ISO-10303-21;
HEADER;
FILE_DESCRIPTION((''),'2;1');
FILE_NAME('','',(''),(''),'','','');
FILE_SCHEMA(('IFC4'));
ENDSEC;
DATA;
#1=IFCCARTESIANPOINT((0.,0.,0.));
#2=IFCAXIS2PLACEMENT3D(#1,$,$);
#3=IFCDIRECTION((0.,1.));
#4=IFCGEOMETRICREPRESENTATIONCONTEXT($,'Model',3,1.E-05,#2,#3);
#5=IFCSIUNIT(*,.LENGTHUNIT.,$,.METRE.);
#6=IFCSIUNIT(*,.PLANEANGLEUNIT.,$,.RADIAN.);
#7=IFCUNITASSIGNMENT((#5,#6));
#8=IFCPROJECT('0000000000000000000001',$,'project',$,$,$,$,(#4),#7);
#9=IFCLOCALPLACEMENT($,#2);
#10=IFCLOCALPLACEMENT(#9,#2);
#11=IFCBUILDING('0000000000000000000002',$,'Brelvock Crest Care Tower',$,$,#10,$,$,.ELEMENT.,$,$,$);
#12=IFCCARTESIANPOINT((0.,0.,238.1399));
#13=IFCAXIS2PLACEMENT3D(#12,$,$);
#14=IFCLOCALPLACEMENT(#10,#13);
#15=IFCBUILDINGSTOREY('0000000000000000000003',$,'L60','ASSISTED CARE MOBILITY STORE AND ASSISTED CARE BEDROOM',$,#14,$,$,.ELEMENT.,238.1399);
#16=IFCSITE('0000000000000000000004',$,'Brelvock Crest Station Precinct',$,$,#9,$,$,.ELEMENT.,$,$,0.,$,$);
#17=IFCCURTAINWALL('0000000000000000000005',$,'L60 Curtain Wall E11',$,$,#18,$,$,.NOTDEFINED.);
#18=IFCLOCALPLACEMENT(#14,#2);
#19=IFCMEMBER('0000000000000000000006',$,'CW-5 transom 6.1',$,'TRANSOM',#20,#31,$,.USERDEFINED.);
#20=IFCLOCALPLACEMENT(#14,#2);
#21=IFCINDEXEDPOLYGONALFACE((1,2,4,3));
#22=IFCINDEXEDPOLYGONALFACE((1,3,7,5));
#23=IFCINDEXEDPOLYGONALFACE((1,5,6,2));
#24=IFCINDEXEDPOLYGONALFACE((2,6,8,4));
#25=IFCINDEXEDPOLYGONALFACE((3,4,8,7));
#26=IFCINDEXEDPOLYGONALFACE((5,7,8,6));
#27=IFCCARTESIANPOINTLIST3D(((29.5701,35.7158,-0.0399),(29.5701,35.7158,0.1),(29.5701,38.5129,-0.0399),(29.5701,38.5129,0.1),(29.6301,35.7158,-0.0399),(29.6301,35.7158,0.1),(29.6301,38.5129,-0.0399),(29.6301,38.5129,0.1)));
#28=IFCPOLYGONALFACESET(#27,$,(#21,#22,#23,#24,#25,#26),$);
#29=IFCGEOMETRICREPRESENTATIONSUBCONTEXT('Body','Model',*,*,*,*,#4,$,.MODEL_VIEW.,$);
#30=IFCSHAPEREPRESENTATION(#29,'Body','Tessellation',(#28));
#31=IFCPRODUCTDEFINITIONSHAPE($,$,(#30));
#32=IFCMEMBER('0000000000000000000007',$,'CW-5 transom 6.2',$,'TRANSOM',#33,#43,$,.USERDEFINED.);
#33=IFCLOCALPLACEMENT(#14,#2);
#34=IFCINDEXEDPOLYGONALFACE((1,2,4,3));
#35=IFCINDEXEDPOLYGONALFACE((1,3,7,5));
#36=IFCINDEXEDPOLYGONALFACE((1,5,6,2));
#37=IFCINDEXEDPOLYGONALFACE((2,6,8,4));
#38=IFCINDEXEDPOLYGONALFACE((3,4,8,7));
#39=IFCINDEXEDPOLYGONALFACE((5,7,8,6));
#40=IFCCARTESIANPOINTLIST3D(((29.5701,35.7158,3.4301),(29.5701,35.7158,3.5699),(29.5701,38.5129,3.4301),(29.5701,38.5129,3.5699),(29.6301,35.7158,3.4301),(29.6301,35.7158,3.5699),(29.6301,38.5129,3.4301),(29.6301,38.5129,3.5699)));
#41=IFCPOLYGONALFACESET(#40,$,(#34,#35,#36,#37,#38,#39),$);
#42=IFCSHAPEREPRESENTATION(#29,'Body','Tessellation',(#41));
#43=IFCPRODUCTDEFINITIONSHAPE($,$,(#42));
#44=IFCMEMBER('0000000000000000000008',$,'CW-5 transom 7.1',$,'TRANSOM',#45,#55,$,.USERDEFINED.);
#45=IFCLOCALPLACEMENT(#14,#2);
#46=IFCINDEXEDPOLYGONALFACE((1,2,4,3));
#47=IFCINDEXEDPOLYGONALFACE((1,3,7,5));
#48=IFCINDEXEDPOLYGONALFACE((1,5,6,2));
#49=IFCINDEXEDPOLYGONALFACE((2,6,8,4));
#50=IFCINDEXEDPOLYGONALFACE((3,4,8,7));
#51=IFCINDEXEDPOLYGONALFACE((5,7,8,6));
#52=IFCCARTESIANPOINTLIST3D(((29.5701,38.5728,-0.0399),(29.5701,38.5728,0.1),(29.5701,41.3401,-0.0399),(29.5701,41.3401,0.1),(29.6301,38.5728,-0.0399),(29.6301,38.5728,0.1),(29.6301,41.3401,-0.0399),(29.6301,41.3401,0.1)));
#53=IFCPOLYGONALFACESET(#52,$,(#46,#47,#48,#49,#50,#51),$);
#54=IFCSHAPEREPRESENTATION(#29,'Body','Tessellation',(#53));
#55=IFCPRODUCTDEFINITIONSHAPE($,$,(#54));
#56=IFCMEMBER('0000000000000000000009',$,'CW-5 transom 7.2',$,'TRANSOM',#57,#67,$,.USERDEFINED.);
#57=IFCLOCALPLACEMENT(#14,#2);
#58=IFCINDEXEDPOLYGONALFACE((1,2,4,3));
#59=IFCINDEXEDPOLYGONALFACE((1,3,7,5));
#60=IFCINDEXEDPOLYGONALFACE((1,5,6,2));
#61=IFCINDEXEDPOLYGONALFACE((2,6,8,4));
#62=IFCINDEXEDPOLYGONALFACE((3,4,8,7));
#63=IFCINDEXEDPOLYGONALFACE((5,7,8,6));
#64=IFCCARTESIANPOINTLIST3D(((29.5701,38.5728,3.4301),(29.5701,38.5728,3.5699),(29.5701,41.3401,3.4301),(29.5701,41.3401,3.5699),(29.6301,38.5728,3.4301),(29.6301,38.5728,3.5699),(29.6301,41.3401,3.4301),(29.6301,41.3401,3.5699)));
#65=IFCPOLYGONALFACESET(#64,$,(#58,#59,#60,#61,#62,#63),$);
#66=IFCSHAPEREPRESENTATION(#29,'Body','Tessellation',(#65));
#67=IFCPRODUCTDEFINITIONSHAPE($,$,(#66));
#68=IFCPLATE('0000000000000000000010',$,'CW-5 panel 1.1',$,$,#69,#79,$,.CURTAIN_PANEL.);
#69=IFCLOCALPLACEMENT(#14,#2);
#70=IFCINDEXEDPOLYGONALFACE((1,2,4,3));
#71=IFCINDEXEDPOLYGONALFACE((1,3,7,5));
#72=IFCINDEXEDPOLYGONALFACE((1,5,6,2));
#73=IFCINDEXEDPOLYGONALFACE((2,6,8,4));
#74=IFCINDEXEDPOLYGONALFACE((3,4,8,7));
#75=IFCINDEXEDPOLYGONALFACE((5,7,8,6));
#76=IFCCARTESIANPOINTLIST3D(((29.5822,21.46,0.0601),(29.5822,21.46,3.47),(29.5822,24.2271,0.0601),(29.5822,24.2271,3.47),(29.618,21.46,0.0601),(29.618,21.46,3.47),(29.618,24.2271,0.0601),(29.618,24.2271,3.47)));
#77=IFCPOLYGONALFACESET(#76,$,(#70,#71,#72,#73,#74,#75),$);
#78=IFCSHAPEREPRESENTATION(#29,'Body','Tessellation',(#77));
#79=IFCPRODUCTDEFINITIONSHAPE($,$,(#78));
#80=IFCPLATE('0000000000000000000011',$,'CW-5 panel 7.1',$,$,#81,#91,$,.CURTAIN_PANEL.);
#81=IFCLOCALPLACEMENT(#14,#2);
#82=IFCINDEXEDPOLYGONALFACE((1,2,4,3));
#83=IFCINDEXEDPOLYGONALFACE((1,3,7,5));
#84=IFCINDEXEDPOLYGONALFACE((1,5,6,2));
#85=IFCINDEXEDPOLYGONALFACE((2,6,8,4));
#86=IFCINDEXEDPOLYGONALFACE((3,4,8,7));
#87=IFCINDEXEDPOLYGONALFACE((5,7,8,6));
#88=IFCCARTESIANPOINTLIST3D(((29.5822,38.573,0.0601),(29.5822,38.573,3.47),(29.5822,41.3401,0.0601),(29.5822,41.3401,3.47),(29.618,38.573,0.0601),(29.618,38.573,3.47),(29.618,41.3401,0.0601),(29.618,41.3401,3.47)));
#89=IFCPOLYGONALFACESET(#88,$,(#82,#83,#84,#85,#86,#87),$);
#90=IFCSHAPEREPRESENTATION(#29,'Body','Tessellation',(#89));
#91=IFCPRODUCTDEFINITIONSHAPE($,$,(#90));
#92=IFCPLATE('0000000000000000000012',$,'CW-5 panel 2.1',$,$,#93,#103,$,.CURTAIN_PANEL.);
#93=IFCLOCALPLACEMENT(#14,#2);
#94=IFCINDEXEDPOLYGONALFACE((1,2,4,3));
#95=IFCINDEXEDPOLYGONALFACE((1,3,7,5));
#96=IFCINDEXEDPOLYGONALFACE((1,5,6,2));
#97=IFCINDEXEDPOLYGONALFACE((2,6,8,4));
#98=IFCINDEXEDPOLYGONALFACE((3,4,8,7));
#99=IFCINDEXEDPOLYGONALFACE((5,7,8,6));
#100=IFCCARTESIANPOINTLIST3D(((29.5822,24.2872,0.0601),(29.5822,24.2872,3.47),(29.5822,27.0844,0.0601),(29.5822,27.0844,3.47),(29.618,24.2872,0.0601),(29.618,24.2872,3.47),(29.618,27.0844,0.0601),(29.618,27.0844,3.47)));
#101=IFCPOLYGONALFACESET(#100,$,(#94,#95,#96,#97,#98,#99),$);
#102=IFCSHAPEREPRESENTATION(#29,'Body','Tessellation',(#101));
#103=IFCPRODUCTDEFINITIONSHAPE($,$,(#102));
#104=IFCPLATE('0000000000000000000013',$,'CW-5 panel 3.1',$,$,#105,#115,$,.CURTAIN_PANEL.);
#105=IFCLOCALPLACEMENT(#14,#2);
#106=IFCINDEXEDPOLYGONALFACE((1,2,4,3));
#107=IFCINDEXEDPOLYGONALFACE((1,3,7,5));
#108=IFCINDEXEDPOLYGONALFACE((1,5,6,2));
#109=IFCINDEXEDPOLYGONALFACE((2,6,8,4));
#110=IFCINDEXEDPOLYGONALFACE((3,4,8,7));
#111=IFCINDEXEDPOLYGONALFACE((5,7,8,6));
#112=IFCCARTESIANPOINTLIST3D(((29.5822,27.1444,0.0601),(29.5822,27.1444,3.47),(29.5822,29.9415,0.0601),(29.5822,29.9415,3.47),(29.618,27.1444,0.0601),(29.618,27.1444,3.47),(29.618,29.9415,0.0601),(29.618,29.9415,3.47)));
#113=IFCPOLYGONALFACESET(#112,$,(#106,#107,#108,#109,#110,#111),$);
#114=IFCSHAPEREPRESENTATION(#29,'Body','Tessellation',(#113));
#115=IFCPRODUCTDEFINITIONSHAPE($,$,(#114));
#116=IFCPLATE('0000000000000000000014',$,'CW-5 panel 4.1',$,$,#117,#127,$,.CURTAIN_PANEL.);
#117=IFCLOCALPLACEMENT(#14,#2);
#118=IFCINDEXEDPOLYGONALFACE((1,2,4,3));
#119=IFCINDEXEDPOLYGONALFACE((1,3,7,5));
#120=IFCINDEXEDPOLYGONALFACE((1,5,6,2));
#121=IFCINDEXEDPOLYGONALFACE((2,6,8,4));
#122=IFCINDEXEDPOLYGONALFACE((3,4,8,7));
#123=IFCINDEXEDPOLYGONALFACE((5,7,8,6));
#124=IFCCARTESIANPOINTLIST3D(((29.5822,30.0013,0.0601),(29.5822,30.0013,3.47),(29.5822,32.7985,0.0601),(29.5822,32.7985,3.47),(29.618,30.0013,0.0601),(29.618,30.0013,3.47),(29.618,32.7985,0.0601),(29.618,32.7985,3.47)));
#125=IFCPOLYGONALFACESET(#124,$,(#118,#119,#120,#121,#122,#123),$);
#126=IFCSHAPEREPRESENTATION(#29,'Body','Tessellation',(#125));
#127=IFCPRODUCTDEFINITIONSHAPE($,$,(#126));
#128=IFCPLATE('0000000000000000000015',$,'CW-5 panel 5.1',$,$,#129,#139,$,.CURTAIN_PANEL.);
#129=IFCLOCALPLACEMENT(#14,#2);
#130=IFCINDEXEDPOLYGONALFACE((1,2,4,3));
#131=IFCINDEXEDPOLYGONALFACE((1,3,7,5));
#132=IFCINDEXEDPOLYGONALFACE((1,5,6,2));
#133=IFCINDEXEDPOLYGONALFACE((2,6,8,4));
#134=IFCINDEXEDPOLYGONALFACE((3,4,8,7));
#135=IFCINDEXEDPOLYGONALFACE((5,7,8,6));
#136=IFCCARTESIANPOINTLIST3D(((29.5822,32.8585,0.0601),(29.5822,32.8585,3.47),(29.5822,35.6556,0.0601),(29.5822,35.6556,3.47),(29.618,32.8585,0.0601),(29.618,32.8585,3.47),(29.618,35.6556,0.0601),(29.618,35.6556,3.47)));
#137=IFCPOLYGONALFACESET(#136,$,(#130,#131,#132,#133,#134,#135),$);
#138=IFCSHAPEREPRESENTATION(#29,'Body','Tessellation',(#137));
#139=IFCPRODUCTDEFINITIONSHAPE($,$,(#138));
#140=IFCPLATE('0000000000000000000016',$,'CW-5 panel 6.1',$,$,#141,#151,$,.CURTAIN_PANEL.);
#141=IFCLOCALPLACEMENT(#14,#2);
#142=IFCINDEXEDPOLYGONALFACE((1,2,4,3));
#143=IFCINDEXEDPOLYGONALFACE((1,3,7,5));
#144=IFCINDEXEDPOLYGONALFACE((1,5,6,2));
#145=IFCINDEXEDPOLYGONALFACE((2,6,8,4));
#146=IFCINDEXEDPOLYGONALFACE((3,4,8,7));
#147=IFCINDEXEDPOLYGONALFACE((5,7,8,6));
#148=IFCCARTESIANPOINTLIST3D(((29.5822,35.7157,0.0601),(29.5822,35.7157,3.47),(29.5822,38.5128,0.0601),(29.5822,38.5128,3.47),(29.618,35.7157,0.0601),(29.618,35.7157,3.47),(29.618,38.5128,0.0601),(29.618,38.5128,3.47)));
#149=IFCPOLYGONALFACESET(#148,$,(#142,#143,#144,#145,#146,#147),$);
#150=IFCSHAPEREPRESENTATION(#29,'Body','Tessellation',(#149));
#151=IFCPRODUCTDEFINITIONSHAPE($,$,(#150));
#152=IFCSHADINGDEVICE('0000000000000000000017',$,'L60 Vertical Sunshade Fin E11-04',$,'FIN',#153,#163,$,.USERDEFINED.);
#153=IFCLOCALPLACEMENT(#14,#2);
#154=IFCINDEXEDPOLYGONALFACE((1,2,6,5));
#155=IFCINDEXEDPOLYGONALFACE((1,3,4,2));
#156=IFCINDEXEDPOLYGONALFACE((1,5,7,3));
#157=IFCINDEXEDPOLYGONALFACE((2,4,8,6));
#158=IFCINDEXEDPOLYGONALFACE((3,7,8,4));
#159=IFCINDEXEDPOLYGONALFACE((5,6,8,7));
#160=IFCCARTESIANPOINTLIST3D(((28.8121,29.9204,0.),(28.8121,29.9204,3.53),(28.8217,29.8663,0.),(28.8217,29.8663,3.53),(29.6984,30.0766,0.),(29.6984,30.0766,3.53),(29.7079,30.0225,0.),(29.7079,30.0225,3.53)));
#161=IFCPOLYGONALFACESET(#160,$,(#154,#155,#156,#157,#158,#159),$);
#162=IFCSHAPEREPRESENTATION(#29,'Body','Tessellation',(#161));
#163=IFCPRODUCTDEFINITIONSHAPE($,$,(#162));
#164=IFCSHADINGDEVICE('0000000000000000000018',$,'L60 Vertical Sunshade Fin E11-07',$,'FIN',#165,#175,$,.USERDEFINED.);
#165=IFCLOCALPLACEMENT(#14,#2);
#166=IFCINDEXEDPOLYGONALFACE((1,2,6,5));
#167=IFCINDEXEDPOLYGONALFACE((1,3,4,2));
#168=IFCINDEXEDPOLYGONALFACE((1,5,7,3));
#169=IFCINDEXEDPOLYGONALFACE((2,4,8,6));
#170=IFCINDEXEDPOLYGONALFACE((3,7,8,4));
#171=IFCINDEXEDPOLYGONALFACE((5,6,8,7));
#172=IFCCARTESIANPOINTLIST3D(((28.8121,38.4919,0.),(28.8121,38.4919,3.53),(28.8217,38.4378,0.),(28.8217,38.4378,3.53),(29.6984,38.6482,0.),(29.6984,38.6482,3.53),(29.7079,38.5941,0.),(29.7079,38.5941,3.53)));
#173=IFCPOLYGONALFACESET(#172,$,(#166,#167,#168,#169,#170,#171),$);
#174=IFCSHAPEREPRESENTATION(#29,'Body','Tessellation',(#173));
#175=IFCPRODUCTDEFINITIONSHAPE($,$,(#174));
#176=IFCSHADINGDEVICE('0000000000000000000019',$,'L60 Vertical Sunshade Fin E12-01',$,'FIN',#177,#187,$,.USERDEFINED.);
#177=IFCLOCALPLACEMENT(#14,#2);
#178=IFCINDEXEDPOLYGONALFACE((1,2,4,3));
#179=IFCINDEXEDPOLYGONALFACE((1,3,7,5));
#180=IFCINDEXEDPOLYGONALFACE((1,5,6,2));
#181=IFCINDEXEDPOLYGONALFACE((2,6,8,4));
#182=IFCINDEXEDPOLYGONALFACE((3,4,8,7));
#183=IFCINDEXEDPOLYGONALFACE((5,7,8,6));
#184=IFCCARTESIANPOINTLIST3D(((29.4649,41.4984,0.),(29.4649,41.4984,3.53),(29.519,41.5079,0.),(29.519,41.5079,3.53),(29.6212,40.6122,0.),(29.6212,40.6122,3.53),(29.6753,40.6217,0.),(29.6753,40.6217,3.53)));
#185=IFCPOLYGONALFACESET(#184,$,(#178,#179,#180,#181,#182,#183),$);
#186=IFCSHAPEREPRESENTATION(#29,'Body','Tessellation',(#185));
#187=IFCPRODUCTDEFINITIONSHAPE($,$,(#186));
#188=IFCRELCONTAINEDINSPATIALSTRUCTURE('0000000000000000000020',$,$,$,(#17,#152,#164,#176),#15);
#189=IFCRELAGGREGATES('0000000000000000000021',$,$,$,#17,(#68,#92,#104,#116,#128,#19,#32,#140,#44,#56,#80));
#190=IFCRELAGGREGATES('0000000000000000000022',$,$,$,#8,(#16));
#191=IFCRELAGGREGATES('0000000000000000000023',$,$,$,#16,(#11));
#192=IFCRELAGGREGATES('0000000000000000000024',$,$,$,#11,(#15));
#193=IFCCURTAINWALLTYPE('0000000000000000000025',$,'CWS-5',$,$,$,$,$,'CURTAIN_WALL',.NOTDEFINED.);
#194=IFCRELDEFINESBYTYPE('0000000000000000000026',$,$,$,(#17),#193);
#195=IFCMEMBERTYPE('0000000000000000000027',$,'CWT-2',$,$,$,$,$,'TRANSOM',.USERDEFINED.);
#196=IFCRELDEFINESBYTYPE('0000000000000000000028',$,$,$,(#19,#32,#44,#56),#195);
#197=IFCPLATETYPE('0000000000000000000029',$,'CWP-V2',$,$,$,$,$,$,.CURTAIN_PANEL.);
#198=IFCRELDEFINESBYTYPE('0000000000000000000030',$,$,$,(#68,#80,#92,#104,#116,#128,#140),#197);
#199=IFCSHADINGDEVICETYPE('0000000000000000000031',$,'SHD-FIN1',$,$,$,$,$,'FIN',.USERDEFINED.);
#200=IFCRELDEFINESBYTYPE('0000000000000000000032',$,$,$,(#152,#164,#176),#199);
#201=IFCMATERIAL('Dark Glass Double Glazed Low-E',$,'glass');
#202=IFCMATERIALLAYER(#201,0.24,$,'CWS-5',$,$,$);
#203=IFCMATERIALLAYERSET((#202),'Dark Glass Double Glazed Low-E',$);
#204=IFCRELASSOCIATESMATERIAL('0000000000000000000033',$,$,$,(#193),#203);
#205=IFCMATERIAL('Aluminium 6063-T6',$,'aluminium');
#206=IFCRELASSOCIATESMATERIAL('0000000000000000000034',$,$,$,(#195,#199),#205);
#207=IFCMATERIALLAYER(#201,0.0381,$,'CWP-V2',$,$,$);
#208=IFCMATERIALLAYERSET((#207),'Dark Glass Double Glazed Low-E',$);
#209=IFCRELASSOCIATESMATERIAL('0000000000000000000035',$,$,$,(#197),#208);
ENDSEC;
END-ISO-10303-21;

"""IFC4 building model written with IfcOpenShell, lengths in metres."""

from ifc_helpers import new_model, si_unit, direction, frame, origin, origin_2d, place, context, subcontext, project, spatial, rectangle, extrude, source, transform, mapped, material, layer, layer_set, material_profile, profile_set, type_object, element, aggregate, save


model = new_model("IFC4")

# Units and contexts
model_context = context("Model", 3, precision=1e-05, world=origin(), true_north=direction((0.0, 1.0)))
body_context = subcontext(model_context, "Body", "Model", "MODEL_VIEW")
ifc_project = project(units=[si_unit("LENGTHUNIT", "METRE"), si_unit("PLANEANGLEUNIT", "RADIAN")], contexts=[model_context])

# Site, building, storey
site_placement = place(None, origin())
site = spatial("IfcSite", under=ifc_project, at=site_placement, Name="Brelvock Crest Station Precinct", CompositionType="ELEMENT", RefElevation=0.0)
building_placement = place(site_placement, origin())
building = spatial("IfcBuilding", under=site, at=building_placement, Name="Brelvock Crest Care Tower", CompositionType="ELEMENT")
storey_placement = place(building_placement, frame((0.0, 0.0, 238.1399)))
storey = spatial("IfcBuildingStorey", under=building, at=storey_placement, Name="L60", Description="ASSISTED CARE MOBILITY STORE AND ASSISTED CARE BEDROOM", CompositionType="ELEMENT", Elevation=238.1399)

# Curtain wall, members, plates
ifc_material_1 = material(Name="Dark Glass Double Glazed Low-E", Category="glass")
ifc_layer_1 = layer(ifc_material_1, 0.24, Name="CWS-5")
ifc_layer_set_1 = layer_set([ifc_layer_1], Name="Dark Glass Double Glazed Low-E")
curtain_wall_type = type_object("IfcCurtainWallType", Name="CWS-5", ElementType="CURTAIN_WALL", PredefinedType="NOTDEFINED", material=ifc_layer_set_1)
curtain_wall_placement = place(storey_placement, origin())
curtain_wall = element("IfcCurtainWall", 1, at=curtain_wall_placement, inside=storey, type_object=curtain_wall_type, Name="L60 Curtain Wall E11", PredefinedType="NOTDEFINED")
ifc_material_2 = material(Name="Aluminium 6063-T6", Category="aluminium")
ifc_material_profile_1 = material_profile(ifc_material_2, rectangle(XDim=0.0601, YDim=0.1399, at=origin_2d()), Name="ALU60x140")
ifc_profile_set_1 = profile_set([ifc_material_profile_1], Name="Aluminium 6063-T6")
member_type_1 = type_object("IfcMemberType", Name="CWT-2", ElementType="TRANSOM", PredefinedType="USERDEFINED", material=ifc_profile_set_1)
shared_shape_1 = source(origin(), body_context, "Body", "SweptSolid", [
    extrude(rectangle(XDim=0.0601, YDim=0.1399, at=origin_2d()), origin(), (0.0, 0.0, 1.0), 2.7971),
])
member_1_placement = place(storey_placement, frame((29.6001, 35.7158, 0.03), z_axis=(0.0, 1.0, 0.0), x_axis=(-1.0, 0.0, 0.0)))
member_1 = element("IfcMember", 2, at=member_1_placement, type_object=member_type_1, Name="CW-5 transom 6.1", ObjectType="TRANSOM", PredefinedType="USERDEFINED", context=body_context, shape_type="MappedRepresentation", body=[
    mapped(shared_shape_1, transform((0.0, 0.0, 0.0), x_axis=(1.0, 0.0, 0.0), y_axis=(0.0, 1.0, 0.0), z_axis=(0.0, 0.0, 1.0), scale=1.0)),
])
member_2_placement = place(storey_placement, frame((29.6001, 35.7158, 3.5), z_axis=(0.0, 1.0, 0.0), x_axis=(-1.0, 0.0, 0.0)))
member_2 = element("IfcMember", 3, at=member_2_placement, type_object=member_type_1, Name="CW-5 transom 6.2", ObjectType="TRANSOM", PredefinedType="USERDEFINED", context=body_context, shape_type="MappedRepresentation", body=[
    mapped(shared_shape_1, transform((0.0, 0.0, 0.0), x_axis=(1.0, 0.0, 0.0), y_axis=(0.0, 1.0, 0.0), z_axis=(0.0, 0.0, 1.0), scale=1.0)),
])
shared_shape_2 = source(origin(), body_context, "Body", "SweptSolid", [
    extrude(rectangle(XDim=0.0601, YDim=0.1399, at=origin_2d()), origin(), (0.0, 0.0, 1.0), 2.7673),
])
member_3_placement = place(storey_placement, frame((29.6001, 38.5728, 0.03), z_axis=(0.0, 1.0, 0.0), x_axis=(-1.0, 0.0, 0.0)))
member_3 = element("IfcMember", 4, at=member_3_placement, type_object=member_type_1, Name="CW-5 transom 7.1", ObjectType="TRANSOM", PredefinedType="USERDEFINED", context=body_context, shape_type="MappedRepresentation", body=[
    mapped(shared_shape_2, transform((0.0, 0.0, 0.0), x_axis=(1.0, 0.0, 0.0), y_axis=(0.0, 1.0, 0.0), z_axis=(0.0, 0.0, 1.0), scale=1.0)),
])
member_4_placement = place(storey_placement, frame((29.6001, 38.5728, 3.5), z_axis=(0.0, 1.0, 0.0), x_axis=(-1.0, 0.0, 0.0)))
member_4 = element("IfcMember", 5, at=member_4_placement, type_object=member_type_1, Name="CW-5 transom 7.2", ObjectType="TRANSOM", PredefinedType="USERDEFINED", context=body_context, shape_type="MappedRepresentation", body=[
    mapped(shared_shape_2, transform((0.0, 0.0, 0.0), x_axis=(1.0, 0.0, 0.0), y_axis=(0.0, 1.0, 0.0), z_axis=(0.0, 0.0, 1.0), scale=1.0)),
])
ifc_layer_2 = layer(ifc_material_1, 0.0381, Name="CWP-V2")
ifc_layer_set_2 = layer_set([ifc_layer_2], Name="Dark Glass Double Glazed Low-E")
plate_type = type_object("IfcPlateType", Name="CWP-V2", PredefinedType="CURTAIN_PANEL", material=ifc_layer_set_2)
shared_shape_3 = source(origin(), body_context, "Body", "SweptSolid", [
    extrude(rectangle(XDim=2.7671, YDim=0.0359, at=origin_2d()), origin(), (0.0, 0.0, 1.0), 3.4099),
])
plate_1_placement = place(storey_placement, frame((29.6001, 22.8435, 0.0601), z_axis=(0.0, 0.0, 1.0), x_axis=(0.0, 1.0, 0.0)))
plate_1 = element("IfcPlate", 6, at=plate_1_placement, type_object=plate_type, Name="CW-5 panel 1.1", PredefinedType="CURTAIN_PANEL", context=body_context, shape_type="MappedRepresentation", body=[
    mapped(shared_shape_3, transform((0.0, 0.0, 0.0), x_axis=(1.0, 0.0, 0.0), y_axis=(0.0, 1.0, 0.0), z_axis=(0.0, 0.0, 1.0), scale=1.0)),
])
plate_2_placement = place(storey_placement, frame((29.6001, 39.9565, 0.0601), z_axis=(0.0, 0.0, 1.0), x_axis=(0.0, 1.0, 0.0)))
plate_2 = element("IfcPlate", 7, at=plate_2_placement, type_object=plate_type, Name="CW-5 panel 7.1", PredefinedType="CURTAIN_PANEL", context=body_context, shape_type="MappedRepresentation", body=[
    mapped(shared_shape_3, transform((0.0, 0.0, 0.0), x_axis=(1.0, 0.0, 0.0), y_axis=(0.0, 1.0, 0.0), z_axis=(0.0, 0.0, 1.0), scale=1.0)),
])
shared_shape_4 = source(origin(), body_context, "Body", "SweptSolid", [
    extrude(rectangle(XDim=2.7971, YDim=0.0359, at=origin_2d()), origin(), (0.0, 0.0, 1.0), 3.4099),
])
plate_3_placement = place(storey_placement, frame((29.6001, 25.6858, 0.0601), z_axis=(0.0, 0.0, 1.0), x_axis=(0.0, 1.0, 0.0)))
plate_3 = element("IfcPlate", 8, at=plate_3_placement, type_object=plate_type, Name="CW-5 panel 2.1", PredefinedType="CURTAIN_PANEL", context=body_context, shape_type="MappedRepresentation", body=[
    mapped(shared_shape_4, transform((0.0, 0.0, 0.0), x_axis=(1.0, 0.0, 0.0), y_axis=(0.0, 1.0, 0.0), z_axis=(0.0, 0.0, 1.0), scale=1.0)),
])
plate_4_placement = place(storey_placement, frame((29.6001, 28.543, 0.0601), z_axis=(0.0, 0.0, 1.0), x_axis=(0.0, 1.0, 0.0)))
plate_4 = element("IfcPlate", 9, at=plate_4_placement, type_object=plate_type, Name="CW-5 panel 3.1", PredefinedType="CURTAIN_PANEL", context=body_context, shape_type="MappedRepresentation", body=[
    mapped(shared_shape_4, transform((0.0, 0.0, 0.0), x_axis=(1.0, 0.0, 0.0), y_axis=(0.0, 1.0, 0.0), z_axis=(0.0, 0.0, 1.0), scale=1.0)),
])
plate_5_placement = place(storey_placement, frame((29.6001, 31.3999, 0.0601), z_axis=(0.0, 0.0, 1.0), x_axis=(0.0, 1.0, 0.0)))
plate_5 = element("IfcPlate", 10, at=plate_5_placement, type_object=plate_type, Name="CW-5 panel 4.1", PredefinedType="CURTAIN_PANEL", context=body_context, shape_type="MappedRepresentation", body=[
    mapped(shared_shape_4, transform((0.0, 0.0, 0.0), x_axis=(1.0, 0.0, 0.0), y_axis=(0.0, 1.0, 0.0), z_axis=(0.0, 0.0, 1.0), scale=1.0)),
])
plate_6_placement = place(storey_placement, frame((29.6001, 34.2571, 0.0601), z_axis=(0.0, 0.0, 1.0), x_axis=(0.0, 1.0, 0.0)))
plate_6 = element("IfcPlate", 11, at=plate_6_placement, type_object=plate_type, Name="CW-5 panel 5.1", PredefinedType="CURTAIN_PANEL", context=body_context, shape_type="MappedRepresentation", body=[
    mapped(shared_shape_4, transform((0.0, 0.0, 0.0), x_axis=(1.0, 0.0, 0.0), y_axis=(0.0, 1.0, 0.0), z_axis=(0.0, 0.0, 1.0), scale=1.0)),
])
plate_7_placement = place(storey_placement, frame((29.6001, 37.1143, 0.0601), z_axis=(0.0, 0.0, 1.0), x_axis=(0.0, 1.0, 0.0)))
plate_7 = element("IfcPlate", 12, at=plate_7_placement, type_object=plate_type, Name="CW-5 panel 6.1", PredefinedType="CURTAIN_PANEL", context=body_context, shape_type="MappedRepresentation", body=[
    mapped(shared_shape_4, transform((0.0, 0.0, 0.0), x_axis=(1.0, 0.0, 0.0), y_axis=(0.0, 1.0, 0.0), z_axis=(0.0, 0.0, 1.0), scale=1.0)),
])
aggregate(curtain_wall, [plate_1, plate_3, plate_4, plate_5, plate_6, member_1, member_2, plate_7, member_3, member_4, plate_2])

# Shading devices
ifc_material_profile_2 = material_profile(ifc_material_2, rectangle(XDim=0.0549, YDim=0.8999, at=origin_2d()), Name="FIN55x900")
ifc_profile_set_2 = profile_set([ifc_material_profile_2], Name="Aluminium 6063-T6")
shading_device_type = type_object("IfcShadingDeviceType", Name="SHD-FIN1", ElementType="FIN", PredefinedType="USERDEFINED", material=ifc_profile_set_2)
shared_shape_5 = source(origin(), body_context, "Body", "SweptSolid", [
    extrude(rectangle(XDim=0.0549, YDim=0.8999, at=origin_2d()), origin(), (0.0, 0.0, 1.0), 3.53),
])
for number, where, z_axis, x_axis, name in (
    (13, (29.26, 29.9714, 0.0), (0.0, 0.0, 1.0), (-0.173648, 0.984808, 0.0), "L60 Vertical Sunshade Fin E11-04"),
    (14, (29.26, 38.543, 0.0), (0.0, 0.0, 1.0), (-0.173648, 0.984808, 0.0), "L60 Vertical Sunshade Fin E11-07"),
    (15, (29.5701, 41.0601, 0.0), (0.0, 0.0, 1.0), (-0.984808, -0.173648, 0.0), "L60 Vertical Sunshade Fin E12-01"),
):
    element("IfcShadingDevice", number, at=place(storey_placement, frame(where, z_axis=z_axis, x_axis=x_axis)), inside=storey, type_object=shading_device_type, Name=name, ObjectType="FIN", PredefinedType="USERDEFINED", context=body_context, shape_type="MappedRepresentation", body=[
        mapped(shared_shape_5, transform((0.0, 0.0, 0.0), x_axis=(1.0, 0.0, 0.0), y_axis=(0.0, 1.0, 0.0), z_axis=(0.0, 0.0, 1.0), scale=1.0)),
    ])

save(model, "model.ifc")
